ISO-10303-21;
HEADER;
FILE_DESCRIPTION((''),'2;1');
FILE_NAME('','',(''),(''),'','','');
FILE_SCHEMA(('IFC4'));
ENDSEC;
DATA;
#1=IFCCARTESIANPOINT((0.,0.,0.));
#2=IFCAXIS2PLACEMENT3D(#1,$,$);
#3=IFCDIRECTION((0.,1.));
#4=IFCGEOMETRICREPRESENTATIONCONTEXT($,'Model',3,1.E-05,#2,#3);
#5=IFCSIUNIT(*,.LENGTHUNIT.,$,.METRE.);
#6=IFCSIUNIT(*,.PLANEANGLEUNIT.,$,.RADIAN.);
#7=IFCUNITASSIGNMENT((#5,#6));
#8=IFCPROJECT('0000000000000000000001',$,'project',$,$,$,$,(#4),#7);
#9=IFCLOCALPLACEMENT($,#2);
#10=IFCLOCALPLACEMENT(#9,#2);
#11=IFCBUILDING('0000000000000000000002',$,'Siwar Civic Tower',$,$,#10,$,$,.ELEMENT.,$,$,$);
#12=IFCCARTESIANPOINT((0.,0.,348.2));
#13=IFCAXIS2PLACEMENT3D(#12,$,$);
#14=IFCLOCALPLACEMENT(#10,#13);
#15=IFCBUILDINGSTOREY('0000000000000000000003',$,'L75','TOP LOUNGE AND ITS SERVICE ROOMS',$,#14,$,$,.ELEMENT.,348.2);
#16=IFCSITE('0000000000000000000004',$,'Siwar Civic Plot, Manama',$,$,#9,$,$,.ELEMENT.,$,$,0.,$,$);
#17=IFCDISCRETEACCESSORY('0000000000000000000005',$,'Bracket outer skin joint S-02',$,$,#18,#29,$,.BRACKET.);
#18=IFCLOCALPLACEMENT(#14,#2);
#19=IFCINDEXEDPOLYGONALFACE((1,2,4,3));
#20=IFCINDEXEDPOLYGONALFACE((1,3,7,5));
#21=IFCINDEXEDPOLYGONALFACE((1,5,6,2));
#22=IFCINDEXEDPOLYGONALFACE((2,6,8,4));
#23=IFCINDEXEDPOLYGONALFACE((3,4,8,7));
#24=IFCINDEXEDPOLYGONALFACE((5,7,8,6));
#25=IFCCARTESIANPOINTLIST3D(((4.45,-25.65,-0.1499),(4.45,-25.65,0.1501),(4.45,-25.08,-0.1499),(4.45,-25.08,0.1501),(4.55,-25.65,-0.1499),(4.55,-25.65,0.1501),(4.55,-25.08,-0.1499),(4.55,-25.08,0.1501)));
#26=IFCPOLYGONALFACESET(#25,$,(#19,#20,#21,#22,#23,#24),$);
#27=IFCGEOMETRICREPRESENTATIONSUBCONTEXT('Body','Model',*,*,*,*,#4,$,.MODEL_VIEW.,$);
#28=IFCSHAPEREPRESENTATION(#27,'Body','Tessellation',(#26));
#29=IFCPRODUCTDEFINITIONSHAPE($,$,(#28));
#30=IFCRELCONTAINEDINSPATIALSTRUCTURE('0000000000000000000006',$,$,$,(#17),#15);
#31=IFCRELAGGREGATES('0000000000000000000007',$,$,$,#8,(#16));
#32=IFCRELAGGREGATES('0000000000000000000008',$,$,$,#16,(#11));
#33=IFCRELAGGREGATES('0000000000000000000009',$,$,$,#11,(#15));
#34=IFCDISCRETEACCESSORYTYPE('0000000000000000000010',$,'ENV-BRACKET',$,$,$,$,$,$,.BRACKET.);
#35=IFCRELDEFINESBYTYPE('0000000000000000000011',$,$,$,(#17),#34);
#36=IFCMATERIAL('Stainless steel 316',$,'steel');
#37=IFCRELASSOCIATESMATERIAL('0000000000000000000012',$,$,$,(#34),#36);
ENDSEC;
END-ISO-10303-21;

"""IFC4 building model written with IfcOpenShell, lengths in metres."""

from ifc_helpers import new_model, si_unit, direction, frame, origin, origin_2d, place, context, subcontext, project, spatial, rectangle, extrude, material, type_object, element, save


model = new_model("IFC4")

# Units and contexts
model_context = context("Model", 3, precision=1e-05, world=origin(), true_north=direction((0.0, 1.0)))
body_context = subcontext(model_context, "Body", "Model", "MODEL_VIEW")
ifc_project = project(units=[si_unit("LENGTHUNIT", "METRE"), si_unit("PLANEANGLEUNIT", "RADIAN")], contexts=[model_context])

# Site, building, storey
site_placement = place(None, origin())
site = spatial("IfcSite", under=ifc_project, at=site_placement, Name="Siwar Civic Plot, Manama", CompositionType="ELEMENT", RefElevation=0.0)
building_placement = place(site_placement, origin())
building = spatial("IfcBuilding", under=site, at=building_placement, Name="Siwar Civic Tower", CompositionType="ELEMENT")
storey_placement = place(building_placement, frame((0.0, 0.0, 348.2)))
storey = spatial("IfcBuildingStorey", under=building, at=storey_placement, Name="L75", Description="TOP LOUNGE AND ITS SERVICE ROOMS", CompositionType="ELEMENT", Elevation=348.2)

# Discrete accessory
ifc_material_1 = material(Name="Stainless steel 316", Category="steel")
discrete_accessory_type = type_object("IfcDiscreteAccessoryType", Name="ENV-BRACKET", PredefinedType="BRACKET", material=ifc_material_1)
discrete_accessory_placement = place(storey_placement, frame((4.5, -25.365, -0.1499), z_axis=(0.0, 0.0, 1.0), x_axis=(0.0, -1.0, 0.0)))
element("IfcDiscreteAccessory", 1, at=discrete_accessory_placement, inside=storey, type_object=discrete_accessory_type, Name="Bracket outer skin joint S-02", PredefinedType="BRACKET", context=body_context, shape_type="SweptSolid", body=[
    extrude(rectangle(XDim=0.5701, YDim=0.1001, at=origin_2d()), origin(), (0.0, 0.0, 1.0), 0.3),
])

save(model, "model.ifc")
